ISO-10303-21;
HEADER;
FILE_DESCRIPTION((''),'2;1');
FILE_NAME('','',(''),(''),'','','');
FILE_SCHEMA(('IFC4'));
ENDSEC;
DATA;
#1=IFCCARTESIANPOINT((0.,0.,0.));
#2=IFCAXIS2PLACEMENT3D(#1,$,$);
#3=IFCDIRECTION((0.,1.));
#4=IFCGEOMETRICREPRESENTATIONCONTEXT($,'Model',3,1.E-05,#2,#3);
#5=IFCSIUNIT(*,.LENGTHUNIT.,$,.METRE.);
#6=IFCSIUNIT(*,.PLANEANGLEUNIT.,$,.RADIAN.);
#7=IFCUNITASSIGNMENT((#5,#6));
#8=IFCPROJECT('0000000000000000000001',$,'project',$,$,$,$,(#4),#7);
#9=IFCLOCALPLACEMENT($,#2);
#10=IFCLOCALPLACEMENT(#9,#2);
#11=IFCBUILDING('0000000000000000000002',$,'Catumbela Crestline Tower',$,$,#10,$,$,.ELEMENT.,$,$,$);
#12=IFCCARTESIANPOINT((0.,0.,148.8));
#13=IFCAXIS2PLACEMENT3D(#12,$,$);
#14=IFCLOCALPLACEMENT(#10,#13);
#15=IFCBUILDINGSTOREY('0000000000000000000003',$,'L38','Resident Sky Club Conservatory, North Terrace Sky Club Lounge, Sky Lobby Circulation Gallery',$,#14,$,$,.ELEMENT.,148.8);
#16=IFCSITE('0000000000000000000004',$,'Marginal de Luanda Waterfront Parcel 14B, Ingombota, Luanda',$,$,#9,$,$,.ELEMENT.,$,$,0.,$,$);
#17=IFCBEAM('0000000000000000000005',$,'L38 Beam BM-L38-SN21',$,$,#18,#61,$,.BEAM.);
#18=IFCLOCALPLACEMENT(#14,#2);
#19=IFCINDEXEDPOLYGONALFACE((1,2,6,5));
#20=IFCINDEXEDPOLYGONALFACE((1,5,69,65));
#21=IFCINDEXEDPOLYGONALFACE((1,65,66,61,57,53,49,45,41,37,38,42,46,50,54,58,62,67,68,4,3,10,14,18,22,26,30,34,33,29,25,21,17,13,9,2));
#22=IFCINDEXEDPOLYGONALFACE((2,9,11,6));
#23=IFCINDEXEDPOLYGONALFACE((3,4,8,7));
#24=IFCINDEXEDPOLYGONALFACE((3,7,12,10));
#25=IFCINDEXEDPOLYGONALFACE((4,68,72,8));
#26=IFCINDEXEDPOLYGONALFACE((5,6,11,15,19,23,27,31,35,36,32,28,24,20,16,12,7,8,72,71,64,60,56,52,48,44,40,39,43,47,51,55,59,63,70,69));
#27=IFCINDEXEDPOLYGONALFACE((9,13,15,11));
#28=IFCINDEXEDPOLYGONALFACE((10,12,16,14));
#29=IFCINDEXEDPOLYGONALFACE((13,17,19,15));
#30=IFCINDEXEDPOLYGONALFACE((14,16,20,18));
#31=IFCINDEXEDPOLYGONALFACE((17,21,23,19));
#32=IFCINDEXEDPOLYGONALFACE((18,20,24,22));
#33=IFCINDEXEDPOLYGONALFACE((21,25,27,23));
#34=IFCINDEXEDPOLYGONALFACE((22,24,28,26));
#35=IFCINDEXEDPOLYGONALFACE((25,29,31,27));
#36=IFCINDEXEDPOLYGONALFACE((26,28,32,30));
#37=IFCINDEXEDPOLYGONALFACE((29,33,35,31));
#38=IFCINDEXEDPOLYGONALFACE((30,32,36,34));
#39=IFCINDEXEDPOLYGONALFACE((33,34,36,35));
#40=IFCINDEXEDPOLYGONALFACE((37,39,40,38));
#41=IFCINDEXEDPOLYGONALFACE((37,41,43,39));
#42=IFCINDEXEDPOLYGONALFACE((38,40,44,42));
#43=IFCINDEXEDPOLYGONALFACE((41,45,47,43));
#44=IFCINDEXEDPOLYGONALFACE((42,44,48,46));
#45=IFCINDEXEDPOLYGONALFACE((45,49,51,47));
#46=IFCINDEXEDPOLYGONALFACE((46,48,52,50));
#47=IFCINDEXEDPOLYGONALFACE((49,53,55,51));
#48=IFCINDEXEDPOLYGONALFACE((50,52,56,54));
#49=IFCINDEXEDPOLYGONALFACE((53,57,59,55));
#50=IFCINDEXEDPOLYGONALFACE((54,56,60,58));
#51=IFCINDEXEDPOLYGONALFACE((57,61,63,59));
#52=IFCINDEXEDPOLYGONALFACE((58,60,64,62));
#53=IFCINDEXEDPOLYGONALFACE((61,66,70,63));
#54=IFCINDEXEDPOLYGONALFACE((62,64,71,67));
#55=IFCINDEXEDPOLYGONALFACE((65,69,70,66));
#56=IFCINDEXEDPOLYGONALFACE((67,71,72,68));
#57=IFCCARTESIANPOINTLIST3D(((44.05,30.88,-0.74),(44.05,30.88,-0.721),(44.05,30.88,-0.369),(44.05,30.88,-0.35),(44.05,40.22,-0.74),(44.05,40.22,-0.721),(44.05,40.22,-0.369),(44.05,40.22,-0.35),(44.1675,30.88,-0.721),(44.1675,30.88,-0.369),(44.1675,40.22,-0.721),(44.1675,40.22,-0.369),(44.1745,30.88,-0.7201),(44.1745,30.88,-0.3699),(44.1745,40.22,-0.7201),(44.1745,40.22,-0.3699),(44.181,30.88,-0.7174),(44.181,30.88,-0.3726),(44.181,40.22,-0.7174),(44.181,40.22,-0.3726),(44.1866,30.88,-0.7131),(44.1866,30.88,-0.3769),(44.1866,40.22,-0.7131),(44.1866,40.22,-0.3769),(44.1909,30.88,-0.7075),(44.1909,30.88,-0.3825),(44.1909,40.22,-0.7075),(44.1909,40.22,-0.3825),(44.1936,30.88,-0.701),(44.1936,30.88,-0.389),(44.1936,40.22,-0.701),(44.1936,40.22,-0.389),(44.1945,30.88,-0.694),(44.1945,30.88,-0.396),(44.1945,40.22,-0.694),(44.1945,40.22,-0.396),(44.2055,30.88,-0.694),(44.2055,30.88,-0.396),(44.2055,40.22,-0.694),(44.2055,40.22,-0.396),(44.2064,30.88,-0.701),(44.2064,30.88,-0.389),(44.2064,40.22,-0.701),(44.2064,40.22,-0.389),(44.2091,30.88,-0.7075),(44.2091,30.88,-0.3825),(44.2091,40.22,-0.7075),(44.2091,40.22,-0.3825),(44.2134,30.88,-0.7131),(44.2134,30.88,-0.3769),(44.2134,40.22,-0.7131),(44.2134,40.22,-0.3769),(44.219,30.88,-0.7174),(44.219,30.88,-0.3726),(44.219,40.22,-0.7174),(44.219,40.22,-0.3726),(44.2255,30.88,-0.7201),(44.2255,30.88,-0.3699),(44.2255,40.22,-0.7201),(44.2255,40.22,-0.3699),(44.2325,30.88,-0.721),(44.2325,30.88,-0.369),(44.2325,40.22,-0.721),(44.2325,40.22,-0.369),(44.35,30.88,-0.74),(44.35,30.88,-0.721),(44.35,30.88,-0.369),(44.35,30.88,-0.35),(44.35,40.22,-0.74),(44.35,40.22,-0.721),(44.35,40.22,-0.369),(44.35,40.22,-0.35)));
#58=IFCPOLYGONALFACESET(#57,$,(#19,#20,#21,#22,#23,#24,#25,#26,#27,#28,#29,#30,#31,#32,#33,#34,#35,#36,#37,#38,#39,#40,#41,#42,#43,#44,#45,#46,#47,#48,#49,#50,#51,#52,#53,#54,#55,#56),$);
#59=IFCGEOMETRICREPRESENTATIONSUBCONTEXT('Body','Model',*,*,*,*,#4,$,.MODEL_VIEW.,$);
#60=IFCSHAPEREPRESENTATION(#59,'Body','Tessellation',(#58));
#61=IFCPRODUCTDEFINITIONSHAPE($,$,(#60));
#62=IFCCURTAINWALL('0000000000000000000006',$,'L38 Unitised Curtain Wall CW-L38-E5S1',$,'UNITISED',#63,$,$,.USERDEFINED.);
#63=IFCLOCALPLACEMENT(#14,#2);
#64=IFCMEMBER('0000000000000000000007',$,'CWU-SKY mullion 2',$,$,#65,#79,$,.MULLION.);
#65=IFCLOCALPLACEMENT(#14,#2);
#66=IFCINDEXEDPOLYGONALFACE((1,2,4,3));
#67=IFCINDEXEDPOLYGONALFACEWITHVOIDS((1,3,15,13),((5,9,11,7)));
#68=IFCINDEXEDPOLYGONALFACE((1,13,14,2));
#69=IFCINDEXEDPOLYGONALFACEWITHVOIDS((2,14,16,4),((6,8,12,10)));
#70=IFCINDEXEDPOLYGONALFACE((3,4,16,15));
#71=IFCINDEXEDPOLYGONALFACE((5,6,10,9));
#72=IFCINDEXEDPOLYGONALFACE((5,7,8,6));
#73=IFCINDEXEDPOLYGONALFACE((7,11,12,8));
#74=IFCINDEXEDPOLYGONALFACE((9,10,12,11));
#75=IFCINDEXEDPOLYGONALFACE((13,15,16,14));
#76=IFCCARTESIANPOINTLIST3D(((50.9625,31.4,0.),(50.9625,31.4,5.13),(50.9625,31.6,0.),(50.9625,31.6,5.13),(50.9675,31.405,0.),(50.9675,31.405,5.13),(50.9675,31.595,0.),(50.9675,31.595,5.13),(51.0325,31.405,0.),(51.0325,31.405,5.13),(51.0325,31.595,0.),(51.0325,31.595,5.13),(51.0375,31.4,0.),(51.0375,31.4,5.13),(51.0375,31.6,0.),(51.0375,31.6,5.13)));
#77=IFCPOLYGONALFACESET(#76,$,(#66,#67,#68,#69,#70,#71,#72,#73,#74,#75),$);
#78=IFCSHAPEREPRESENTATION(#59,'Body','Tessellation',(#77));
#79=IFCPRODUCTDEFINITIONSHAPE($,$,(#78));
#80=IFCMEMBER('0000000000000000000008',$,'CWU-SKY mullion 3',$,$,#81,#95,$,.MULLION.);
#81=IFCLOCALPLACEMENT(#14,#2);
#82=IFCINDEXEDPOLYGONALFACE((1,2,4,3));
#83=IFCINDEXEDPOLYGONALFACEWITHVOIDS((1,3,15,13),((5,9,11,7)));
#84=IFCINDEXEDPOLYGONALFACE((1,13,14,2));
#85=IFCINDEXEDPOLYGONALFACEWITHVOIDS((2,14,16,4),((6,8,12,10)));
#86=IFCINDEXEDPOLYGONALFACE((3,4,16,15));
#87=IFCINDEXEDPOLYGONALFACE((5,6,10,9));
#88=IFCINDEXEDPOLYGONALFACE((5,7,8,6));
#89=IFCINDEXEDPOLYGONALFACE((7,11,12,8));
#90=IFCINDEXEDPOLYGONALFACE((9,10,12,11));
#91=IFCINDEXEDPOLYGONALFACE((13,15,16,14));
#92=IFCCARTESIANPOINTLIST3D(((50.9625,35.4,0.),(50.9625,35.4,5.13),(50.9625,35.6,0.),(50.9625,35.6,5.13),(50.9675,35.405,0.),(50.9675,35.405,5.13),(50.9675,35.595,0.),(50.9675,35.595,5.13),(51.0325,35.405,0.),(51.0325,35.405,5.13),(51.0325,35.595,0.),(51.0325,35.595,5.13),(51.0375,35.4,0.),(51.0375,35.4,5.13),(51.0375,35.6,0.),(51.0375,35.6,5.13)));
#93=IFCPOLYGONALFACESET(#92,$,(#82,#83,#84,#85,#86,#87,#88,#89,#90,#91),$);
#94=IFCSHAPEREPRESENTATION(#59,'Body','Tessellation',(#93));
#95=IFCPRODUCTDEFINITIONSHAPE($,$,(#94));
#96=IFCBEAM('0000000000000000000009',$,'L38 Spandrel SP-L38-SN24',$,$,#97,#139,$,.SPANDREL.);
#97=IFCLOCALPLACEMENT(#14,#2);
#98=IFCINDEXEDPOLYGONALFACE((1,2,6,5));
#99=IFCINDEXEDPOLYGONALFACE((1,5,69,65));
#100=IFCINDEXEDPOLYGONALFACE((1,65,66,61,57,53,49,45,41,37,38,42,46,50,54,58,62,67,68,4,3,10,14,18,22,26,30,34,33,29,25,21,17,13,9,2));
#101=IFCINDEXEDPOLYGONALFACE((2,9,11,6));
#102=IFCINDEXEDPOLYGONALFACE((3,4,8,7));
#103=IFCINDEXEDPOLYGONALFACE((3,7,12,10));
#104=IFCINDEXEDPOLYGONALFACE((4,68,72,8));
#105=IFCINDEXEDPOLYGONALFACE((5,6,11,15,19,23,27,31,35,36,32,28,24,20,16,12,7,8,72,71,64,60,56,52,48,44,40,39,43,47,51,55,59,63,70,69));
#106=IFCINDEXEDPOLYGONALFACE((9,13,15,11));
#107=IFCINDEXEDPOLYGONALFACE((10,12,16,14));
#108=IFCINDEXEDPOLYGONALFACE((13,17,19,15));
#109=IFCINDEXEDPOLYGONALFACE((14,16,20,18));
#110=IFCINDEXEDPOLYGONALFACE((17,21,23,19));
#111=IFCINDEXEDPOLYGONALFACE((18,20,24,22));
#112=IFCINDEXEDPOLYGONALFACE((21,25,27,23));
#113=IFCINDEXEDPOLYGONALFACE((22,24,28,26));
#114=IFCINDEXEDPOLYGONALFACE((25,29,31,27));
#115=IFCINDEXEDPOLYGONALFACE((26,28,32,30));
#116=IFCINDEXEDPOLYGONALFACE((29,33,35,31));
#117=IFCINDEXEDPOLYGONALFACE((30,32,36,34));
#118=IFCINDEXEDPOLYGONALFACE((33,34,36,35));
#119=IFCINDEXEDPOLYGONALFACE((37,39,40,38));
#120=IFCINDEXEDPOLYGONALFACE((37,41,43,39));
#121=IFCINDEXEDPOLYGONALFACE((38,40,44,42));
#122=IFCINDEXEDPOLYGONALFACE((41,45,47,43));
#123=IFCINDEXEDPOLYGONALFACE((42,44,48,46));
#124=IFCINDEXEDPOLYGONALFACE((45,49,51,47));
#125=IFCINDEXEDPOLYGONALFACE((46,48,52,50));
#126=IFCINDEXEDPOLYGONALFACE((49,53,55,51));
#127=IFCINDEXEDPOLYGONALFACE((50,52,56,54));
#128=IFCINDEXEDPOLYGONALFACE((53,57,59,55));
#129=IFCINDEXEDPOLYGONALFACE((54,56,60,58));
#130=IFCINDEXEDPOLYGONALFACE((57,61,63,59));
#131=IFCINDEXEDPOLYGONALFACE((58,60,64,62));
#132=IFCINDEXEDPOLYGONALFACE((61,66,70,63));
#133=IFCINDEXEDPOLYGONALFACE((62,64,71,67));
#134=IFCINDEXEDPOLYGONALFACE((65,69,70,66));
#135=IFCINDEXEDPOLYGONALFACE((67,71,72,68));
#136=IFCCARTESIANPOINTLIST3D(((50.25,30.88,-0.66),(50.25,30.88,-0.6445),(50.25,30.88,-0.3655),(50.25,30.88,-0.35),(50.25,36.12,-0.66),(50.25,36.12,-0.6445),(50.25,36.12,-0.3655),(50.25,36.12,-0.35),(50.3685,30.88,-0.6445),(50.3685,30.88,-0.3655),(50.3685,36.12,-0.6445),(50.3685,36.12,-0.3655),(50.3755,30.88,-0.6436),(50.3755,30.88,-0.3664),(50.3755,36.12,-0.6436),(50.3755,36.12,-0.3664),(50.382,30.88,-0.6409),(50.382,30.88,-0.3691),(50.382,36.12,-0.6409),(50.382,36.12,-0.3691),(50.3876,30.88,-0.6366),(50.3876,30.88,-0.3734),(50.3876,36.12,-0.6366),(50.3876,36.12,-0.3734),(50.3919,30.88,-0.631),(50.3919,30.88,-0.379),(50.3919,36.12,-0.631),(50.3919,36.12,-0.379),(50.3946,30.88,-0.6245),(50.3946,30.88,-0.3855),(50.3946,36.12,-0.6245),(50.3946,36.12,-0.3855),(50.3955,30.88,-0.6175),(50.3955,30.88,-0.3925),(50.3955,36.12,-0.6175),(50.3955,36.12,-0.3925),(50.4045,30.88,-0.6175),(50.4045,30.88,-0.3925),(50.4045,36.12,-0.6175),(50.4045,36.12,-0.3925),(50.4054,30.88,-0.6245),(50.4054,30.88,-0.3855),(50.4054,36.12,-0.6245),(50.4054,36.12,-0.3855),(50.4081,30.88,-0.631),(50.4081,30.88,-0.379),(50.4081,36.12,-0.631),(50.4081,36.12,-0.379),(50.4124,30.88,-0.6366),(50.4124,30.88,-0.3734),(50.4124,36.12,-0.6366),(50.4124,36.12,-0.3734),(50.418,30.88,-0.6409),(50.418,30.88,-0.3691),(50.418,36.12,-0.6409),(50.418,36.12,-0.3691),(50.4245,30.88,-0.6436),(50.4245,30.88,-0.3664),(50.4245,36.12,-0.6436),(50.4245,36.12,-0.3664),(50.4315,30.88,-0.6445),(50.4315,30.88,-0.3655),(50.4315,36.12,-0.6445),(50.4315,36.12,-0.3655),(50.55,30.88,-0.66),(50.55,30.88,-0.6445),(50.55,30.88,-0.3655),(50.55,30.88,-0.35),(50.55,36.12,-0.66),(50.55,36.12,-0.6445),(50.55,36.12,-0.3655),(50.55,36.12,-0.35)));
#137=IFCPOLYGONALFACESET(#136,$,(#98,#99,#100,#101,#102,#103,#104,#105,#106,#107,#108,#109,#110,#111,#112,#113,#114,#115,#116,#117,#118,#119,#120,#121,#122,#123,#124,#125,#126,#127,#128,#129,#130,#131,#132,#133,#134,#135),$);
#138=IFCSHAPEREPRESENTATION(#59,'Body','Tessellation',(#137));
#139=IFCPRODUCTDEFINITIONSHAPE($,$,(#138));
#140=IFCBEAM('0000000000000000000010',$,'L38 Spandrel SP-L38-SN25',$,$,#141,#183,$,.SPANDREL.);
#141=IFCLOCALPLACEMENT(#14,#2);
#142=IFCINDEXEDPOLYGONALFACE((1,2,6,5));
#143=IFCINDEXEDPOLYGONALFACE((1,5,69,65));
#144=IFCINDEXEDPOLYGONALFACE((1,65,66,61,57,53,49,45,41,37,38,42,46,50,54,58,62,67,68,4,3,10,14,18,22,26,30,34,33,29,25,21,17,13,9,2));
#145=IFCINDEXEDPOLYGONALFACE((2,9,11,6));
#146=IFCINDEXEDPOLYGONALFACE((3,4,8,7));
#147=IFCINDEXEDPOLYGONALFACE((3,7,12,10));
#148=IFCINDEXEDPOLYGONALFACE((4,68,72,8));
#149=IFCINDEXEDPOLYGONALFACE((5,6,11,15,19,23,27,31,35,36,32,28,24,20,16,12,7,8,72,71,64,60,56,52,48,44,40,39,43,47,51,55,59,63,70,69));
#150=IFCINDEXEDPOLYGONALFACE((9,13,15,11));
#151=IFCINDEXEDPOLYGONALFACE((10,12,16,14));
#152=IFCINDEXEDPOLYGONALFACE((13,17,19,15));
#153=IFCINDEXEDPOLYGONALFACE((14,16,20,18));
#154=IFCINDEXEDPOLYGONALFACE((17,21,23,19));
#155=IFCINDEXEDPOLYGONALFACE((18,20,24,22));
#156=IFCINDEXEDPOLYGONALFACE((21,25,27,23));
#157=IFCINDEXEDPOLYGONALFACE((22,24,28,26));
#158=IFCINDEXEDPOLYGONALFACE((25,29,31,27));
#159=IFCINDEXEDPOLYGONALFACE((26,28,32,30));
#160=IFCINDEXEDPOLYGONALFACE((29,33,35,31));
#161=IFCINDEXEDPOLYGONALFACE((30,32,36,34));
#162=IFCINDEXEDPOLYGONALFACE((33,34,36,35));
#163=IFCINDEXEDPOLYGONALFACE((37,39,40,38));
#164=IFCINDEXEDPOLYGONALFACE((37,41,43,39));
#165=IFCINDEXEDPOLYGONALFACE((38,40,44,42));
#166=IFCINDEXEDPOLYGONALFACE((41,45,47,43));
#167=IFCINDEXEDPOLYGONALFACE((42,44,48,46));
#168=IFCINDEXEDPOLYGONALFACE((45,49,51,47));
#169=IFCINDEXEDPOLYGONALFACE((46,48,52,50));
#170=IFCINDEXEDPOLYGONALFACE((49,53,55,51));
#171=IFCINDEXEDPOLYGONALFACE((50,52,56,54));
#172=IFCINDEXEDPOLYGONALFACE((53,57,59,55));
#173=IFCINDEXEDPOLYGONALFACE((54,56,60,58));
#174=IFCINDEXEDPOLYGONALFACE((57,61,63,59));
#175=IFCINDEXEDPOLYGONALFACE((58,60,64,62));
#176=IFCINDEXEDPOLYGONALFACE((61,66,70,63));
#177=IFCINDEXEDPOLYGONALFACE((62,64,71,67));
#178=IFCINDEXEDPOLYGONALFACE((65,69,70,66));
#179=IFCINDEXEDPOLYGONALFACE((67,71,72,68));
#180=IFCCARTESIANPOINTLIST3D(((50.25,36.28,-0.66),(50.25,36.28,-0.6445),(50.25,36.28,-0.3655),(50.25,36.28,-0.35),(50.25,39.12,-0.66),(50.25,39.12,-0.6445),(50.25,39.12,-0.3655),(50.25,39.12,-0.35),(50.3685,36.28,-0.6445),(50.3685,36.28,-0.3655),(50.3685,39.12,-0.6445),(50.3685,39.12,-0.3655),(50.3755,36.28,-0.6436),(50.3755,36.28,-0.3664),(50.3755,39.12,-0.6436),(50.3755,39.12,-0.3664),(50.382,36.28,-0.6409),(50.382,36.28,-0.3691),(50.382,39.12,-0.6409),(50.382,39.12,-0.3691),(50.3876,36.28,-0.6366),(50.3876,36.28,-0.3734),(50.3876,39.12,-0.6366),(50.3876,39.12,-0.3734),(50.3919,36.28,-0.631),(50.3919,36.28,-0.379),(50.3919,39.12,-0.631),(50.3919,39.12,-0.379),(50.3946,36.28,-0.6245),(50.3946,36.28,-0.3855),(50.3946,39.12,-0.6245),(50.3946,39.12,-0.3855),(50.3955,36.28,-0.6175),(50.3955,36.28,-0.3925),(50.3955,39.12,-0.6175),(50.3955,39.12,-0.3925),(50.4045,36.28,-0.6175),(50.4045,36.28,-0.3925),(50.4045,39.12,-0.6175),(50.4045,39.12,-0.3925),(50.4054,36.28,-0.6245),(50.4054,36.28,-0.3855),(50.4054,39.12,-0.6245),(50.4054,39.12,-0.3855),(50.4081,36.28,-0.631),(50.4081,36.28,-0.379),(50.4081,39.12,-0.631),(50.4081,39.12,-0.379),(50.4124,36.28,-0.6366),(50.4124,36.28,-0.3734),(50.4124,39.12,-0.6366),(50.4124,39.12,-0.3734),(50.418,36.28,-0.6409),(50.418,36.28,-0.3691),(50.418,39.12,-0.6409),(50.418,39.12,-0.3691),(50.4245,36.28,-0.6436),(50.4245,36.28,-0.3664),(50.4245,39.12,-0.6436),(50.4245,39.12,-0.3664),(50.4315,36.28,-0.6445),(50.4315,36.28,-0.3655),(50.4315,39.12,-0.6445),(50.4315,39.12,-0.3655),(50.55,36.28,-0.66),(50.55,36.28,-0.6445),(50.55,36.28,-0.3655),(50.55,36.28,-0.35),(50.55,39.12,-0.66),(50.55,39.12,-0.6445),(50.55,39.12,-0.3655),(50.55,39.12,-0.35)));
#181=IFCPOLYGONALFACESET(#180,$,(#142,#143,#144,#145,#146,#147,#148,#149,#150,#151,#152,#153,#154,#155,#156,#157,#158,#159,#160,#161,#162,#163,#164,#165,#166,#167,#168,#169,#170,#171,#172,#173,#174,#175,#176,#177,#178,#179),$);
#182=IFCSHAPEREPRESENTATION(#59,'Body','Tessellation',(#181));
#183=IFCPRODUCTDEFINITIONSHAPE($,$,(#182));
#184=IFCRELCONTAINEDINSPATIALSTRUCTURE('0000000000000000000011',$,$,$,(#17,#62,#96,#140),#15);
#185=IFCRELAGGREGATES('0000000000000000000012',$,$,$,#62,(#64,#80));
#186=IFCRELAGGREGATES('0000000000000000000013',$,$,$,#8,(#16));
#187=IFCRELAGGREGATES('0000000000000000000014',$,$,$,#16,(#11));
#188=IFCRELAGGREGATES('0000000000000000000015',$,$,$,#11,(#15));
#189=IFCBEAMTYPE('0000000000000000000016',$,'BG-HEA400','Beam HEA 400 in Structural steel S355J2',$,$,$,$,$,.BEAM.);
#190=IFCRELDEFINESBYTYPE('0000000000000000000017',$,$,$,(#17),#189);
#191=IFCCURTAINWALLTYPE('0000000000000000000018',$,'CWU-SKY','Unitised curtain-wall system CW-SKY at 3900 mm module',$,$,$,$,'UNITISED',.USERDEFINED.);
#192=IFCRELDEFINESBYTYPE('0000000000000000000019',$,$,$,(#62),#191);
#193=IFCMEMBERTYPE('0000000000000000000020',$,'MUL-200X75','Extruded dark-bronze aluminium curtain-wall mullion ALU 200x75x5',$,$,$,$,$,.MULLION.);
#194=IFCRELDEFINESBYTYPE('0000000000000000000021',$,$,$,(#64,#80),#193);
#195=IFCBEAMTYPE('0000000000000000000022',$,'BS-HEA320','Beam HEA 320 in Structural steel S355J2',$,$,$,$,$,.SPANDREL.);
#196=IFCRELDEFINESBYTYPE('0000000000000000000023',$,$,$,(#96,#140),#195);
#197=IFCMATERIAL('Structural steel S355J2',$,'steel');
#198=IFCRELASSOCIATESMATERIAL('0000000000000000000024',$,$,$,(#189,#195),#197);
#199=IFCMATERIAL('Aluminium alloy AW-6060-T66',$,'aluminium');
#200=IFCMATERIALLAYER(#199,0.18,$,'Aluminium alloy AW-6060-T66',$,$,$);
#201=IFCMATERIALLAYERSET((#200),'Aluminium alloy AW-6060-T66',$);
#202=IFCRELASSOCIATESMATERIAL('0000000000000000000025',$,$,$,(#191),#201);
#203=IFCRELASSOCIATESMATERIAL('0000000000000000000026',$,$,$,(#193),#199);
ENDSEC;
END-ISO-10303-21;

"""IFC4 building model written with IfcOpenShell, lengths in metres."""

from ifc_helpers import new_model, si_unit, direction, frame, origin, origin_2d, place, context, subcontext, project, spatial, hollow_rectangle, i_section, extrude, material, layer, layer_set, material_profile, profile_set, type_object, element, aggregate, save


model = new_model("IFC4")

# Units and contexts
model_context = context("Model", 3, precision=1e-05, world=origin(), true_north=direction((0.0, 1.0)))
body_context = subcontext(model_context, "Body", "Model", "MODEL_VIEW")
ifc_project = project(units=[si_unit("LENGTHUNIT", "METRE"), si_unit("PLANEANGLEUNIT", "RADIAN")], contexts=[model_context])

# Site, building, storey
site_placement = place(None, origin())
site = spatial("IfcSite", under=ifc_project, at=site_placement, Name="Marginal de Luanda Waterfront Parcel 14B, Ingombota, Luanda", CompositionType="ELEMENT", RefElevation=0.0)
building_placement = place(site_placement, origin())
building = spatial("IfcBuilding", under=site, at=building_placement, Name="Catumbela Crestline Tower", CompositionType="ELEMENT")
storey_placement = place(building_placement, frame((0.0, 0.0, 148.8)))
storey = spatial("IfcBuildingStorey", under=building, at=storey_placement, Name="L38", Description="Resident Sky Club Conservatory, North Terrace Sky Club Lounge, Sky Lobby Circulation Gallery", CompositionType="ELEMENT", Elevation=148.8)

# Beam
ifc_material_1 = material(Name="Structural steel S355J2", Category="steel")
ifc_material_profile_1 = material_profile(ifc_material_1, i_section(OverallWidth=0.3, OverallDepth=0.39, WebThickness=0.011, FlangeThickness=0.019, FilletRadius=0.027, at=origin_2d()), Name="HEA 400")
ifc_profile_set_1 = profile_set([ifc_material_profile_1], Name="Structural steel S355J2")
beam_type_1 = type_object("IfcBeamType", Name="BG-HEA400", Description="Beam HEA 400 in Structural steel S355J2", PredefinedType="BEAM", material=ifc_profile_set_1)
beam_1_placement = place(storey_placement, frame((44.2, 30.88, -0.545), z_axis=(0.0, 1.0, 0.0), x_axis=(-1.0, 0.0, 0.0)))
element("IfcBeam", 1, at=beam_1_placement, inside=storey, type_object=beam_type_1, Name="L38 Beam BM-L38-SN21", PredefinedType="BEAM", context=body_context, shape_type="SweptSolid", body=[
    extrude(i_section(OverallWidth=0.3, OverallDepth=0.39, WebThickness=0.011, FlangeThickness=0.019, FilletRadius=0.027, at=origin_2d()), origin(), (0.0, 0.0, 1.0), 9.34),
])

# Curtain wall, members
ifc_material_2 = material(Name="Aluminium alloy AW-6060-T66", Category="aluminium")
ifc_layer_1 = layer(ifc_material_2, 0.18, Name="Aluminium alloy AW-6060-T66")
ifc_layer_set_1 = layer_set([ifc_layer_1], Name="Aluminium alloy AW-6060-T66")
curtain_wall_type = type_object("IfcCurtainWallType", Name="CWU-SKY", Description="Unitised curtain-wall system CW-SKY at 3900 mm module", ElementType="UNITISED", PredefinedType="USERDEFINED", material=ifc_layer_set_1)
curtain_wall_placement = place(storey_placement, origin())
curtain_wall = element("IfcCurtainWall", 2, at=curtain_wall_placement, inside=storey, type_object=curtain_wall_type, Name="L38 Unitised Curtain Wall CW-L38-E5S1", ObjectType="UNITISED", PredefinedType="USERDEFINED")
ifc_material_profile_2 = material_profile(ifc_material_2, hollow_rectangle(XDim=0.075, YDim=0.2, WallThickness=0.005, at=origin_2d()), Name="ALU 200x75x5")
ifc_profile_set_2 = profile_set([ifc_material_profile_2], Name="Aluminium alloy AW-6060-T66")
member_type_1 = type_object("IfcMemberType", Name="MUL-200X75", Description="Extruded dark-bronze aluminium curtain-wall mullion ALU 200x75x5", PredefinedType="MULLION", material=ifc_profile_set_2)
member_1_placement = place(storey_placement, frame((51.0, 31.5, 0.0), z_axis=(0.0, 0.0, 1.0), x_axis=(-1.0, 0.0, 0.0)))
member_1 = element("IfcMember", 3, at=member_1_placement, type_object=member_type_1, Name="CWU-SKY mullion 2", PredefinedType="MULLION", context=body_context, shape_type="SweptSolid", body=[
    extrude(hollow_rectangle(XDim=0.075, YDim=0.2, WallThickness=0.005, at=origin_2d()), origin(), (0.0, 0.0, 1.0), 5.13),
])
member_2_placement = place(storey_placement, frame((51.0, 35.5, 0.0), z_axis=(0.0, 0.0, 1.0), x_axis=(-1.0, 0.0, 0.0)))
member_2 = element("IfcMember", 4, at=member_2_placement, type_object=member_type_1, Name="CWU-SKY mullion 3", PredefinedType="MULLION", context=body_context, shape_type="SweptSolid", body=[
    extrude(hollow_rectangle(XDim=0.075, YDim=0.2, WallThickness=0.005, at=origin_2d()), origin(), (0.0, 0.0, 1.0), 5.13),
])

# Beams
ifc_material_profile_3 = material_profile(ifc_material_1, i_section(OverallWidth=0.3, OverallDepth=0.31, WebThickness=0.009, FlangeThickness=0.0155, FilletRadius=0.027, at=origin_2d()), Name="HEA 320")
ifc_profile_set_3 = profile_set([ifc_material_profile_3], Name="Structural steel S355J2")
beam_type_2 = type_object("IfcBeamType", Name="BS-HEA320", Description="Beam HEA 320 in Structural steel S355J2", PredefinedType="SPANDREL", material=ifc_profile_set_3)
beam_2_placement = place(storey_placement, frame((50.4, 30.88, -0.505), z_axis=(0.0, 1.0, 0.0), x_axis=(-1.0, 0.0, 0.0)))
element("IfcBeam", 5, at=beam_2_placement, inside=storey, type_object=beam_type_2, Name="L38 Spandrel SP-L38-SN24", PredefinedType="SPANDREL", context=body_context, shape_type="SweptSolid", body=[
    extrude(i_section(OverallWidth=0.3, OverallDepth=0.31, WebThickness=0.009, FlangeThickness=0.0155, FilletRadius=0.027, at=origin_2d()), origin(), (0.0, 0.0, 1.0), 5.24),
])
beam_3_placement = place(storey_placement, frame((50.4, 36.28, -0.505), z_axis=(0.0, 1.0, 0.0), x_axis=(-1.0, 0.0, 0.0)))
element("IfcBeam", 6, at=beam_3_placement, inside=storey, type_object=beam_type_2, Name="L38 Spandrel SP-L38-SN25", PredefinedType="SPANDREL", context=body_context, shape_type="SweptSolid", body=[
    extrude(i_section(OverallWidth=0.3, OverallDepth=0.31, WebThickness=0.009, FlangeThickness=0.0155, FilletRadius=0.027, at=origin_2d()), origin(), (0.0, 0.0, 1.0), 2.84),
])

aggregate(curtain_wall, [member_1, member_2])

save(model, "model.ifc")
